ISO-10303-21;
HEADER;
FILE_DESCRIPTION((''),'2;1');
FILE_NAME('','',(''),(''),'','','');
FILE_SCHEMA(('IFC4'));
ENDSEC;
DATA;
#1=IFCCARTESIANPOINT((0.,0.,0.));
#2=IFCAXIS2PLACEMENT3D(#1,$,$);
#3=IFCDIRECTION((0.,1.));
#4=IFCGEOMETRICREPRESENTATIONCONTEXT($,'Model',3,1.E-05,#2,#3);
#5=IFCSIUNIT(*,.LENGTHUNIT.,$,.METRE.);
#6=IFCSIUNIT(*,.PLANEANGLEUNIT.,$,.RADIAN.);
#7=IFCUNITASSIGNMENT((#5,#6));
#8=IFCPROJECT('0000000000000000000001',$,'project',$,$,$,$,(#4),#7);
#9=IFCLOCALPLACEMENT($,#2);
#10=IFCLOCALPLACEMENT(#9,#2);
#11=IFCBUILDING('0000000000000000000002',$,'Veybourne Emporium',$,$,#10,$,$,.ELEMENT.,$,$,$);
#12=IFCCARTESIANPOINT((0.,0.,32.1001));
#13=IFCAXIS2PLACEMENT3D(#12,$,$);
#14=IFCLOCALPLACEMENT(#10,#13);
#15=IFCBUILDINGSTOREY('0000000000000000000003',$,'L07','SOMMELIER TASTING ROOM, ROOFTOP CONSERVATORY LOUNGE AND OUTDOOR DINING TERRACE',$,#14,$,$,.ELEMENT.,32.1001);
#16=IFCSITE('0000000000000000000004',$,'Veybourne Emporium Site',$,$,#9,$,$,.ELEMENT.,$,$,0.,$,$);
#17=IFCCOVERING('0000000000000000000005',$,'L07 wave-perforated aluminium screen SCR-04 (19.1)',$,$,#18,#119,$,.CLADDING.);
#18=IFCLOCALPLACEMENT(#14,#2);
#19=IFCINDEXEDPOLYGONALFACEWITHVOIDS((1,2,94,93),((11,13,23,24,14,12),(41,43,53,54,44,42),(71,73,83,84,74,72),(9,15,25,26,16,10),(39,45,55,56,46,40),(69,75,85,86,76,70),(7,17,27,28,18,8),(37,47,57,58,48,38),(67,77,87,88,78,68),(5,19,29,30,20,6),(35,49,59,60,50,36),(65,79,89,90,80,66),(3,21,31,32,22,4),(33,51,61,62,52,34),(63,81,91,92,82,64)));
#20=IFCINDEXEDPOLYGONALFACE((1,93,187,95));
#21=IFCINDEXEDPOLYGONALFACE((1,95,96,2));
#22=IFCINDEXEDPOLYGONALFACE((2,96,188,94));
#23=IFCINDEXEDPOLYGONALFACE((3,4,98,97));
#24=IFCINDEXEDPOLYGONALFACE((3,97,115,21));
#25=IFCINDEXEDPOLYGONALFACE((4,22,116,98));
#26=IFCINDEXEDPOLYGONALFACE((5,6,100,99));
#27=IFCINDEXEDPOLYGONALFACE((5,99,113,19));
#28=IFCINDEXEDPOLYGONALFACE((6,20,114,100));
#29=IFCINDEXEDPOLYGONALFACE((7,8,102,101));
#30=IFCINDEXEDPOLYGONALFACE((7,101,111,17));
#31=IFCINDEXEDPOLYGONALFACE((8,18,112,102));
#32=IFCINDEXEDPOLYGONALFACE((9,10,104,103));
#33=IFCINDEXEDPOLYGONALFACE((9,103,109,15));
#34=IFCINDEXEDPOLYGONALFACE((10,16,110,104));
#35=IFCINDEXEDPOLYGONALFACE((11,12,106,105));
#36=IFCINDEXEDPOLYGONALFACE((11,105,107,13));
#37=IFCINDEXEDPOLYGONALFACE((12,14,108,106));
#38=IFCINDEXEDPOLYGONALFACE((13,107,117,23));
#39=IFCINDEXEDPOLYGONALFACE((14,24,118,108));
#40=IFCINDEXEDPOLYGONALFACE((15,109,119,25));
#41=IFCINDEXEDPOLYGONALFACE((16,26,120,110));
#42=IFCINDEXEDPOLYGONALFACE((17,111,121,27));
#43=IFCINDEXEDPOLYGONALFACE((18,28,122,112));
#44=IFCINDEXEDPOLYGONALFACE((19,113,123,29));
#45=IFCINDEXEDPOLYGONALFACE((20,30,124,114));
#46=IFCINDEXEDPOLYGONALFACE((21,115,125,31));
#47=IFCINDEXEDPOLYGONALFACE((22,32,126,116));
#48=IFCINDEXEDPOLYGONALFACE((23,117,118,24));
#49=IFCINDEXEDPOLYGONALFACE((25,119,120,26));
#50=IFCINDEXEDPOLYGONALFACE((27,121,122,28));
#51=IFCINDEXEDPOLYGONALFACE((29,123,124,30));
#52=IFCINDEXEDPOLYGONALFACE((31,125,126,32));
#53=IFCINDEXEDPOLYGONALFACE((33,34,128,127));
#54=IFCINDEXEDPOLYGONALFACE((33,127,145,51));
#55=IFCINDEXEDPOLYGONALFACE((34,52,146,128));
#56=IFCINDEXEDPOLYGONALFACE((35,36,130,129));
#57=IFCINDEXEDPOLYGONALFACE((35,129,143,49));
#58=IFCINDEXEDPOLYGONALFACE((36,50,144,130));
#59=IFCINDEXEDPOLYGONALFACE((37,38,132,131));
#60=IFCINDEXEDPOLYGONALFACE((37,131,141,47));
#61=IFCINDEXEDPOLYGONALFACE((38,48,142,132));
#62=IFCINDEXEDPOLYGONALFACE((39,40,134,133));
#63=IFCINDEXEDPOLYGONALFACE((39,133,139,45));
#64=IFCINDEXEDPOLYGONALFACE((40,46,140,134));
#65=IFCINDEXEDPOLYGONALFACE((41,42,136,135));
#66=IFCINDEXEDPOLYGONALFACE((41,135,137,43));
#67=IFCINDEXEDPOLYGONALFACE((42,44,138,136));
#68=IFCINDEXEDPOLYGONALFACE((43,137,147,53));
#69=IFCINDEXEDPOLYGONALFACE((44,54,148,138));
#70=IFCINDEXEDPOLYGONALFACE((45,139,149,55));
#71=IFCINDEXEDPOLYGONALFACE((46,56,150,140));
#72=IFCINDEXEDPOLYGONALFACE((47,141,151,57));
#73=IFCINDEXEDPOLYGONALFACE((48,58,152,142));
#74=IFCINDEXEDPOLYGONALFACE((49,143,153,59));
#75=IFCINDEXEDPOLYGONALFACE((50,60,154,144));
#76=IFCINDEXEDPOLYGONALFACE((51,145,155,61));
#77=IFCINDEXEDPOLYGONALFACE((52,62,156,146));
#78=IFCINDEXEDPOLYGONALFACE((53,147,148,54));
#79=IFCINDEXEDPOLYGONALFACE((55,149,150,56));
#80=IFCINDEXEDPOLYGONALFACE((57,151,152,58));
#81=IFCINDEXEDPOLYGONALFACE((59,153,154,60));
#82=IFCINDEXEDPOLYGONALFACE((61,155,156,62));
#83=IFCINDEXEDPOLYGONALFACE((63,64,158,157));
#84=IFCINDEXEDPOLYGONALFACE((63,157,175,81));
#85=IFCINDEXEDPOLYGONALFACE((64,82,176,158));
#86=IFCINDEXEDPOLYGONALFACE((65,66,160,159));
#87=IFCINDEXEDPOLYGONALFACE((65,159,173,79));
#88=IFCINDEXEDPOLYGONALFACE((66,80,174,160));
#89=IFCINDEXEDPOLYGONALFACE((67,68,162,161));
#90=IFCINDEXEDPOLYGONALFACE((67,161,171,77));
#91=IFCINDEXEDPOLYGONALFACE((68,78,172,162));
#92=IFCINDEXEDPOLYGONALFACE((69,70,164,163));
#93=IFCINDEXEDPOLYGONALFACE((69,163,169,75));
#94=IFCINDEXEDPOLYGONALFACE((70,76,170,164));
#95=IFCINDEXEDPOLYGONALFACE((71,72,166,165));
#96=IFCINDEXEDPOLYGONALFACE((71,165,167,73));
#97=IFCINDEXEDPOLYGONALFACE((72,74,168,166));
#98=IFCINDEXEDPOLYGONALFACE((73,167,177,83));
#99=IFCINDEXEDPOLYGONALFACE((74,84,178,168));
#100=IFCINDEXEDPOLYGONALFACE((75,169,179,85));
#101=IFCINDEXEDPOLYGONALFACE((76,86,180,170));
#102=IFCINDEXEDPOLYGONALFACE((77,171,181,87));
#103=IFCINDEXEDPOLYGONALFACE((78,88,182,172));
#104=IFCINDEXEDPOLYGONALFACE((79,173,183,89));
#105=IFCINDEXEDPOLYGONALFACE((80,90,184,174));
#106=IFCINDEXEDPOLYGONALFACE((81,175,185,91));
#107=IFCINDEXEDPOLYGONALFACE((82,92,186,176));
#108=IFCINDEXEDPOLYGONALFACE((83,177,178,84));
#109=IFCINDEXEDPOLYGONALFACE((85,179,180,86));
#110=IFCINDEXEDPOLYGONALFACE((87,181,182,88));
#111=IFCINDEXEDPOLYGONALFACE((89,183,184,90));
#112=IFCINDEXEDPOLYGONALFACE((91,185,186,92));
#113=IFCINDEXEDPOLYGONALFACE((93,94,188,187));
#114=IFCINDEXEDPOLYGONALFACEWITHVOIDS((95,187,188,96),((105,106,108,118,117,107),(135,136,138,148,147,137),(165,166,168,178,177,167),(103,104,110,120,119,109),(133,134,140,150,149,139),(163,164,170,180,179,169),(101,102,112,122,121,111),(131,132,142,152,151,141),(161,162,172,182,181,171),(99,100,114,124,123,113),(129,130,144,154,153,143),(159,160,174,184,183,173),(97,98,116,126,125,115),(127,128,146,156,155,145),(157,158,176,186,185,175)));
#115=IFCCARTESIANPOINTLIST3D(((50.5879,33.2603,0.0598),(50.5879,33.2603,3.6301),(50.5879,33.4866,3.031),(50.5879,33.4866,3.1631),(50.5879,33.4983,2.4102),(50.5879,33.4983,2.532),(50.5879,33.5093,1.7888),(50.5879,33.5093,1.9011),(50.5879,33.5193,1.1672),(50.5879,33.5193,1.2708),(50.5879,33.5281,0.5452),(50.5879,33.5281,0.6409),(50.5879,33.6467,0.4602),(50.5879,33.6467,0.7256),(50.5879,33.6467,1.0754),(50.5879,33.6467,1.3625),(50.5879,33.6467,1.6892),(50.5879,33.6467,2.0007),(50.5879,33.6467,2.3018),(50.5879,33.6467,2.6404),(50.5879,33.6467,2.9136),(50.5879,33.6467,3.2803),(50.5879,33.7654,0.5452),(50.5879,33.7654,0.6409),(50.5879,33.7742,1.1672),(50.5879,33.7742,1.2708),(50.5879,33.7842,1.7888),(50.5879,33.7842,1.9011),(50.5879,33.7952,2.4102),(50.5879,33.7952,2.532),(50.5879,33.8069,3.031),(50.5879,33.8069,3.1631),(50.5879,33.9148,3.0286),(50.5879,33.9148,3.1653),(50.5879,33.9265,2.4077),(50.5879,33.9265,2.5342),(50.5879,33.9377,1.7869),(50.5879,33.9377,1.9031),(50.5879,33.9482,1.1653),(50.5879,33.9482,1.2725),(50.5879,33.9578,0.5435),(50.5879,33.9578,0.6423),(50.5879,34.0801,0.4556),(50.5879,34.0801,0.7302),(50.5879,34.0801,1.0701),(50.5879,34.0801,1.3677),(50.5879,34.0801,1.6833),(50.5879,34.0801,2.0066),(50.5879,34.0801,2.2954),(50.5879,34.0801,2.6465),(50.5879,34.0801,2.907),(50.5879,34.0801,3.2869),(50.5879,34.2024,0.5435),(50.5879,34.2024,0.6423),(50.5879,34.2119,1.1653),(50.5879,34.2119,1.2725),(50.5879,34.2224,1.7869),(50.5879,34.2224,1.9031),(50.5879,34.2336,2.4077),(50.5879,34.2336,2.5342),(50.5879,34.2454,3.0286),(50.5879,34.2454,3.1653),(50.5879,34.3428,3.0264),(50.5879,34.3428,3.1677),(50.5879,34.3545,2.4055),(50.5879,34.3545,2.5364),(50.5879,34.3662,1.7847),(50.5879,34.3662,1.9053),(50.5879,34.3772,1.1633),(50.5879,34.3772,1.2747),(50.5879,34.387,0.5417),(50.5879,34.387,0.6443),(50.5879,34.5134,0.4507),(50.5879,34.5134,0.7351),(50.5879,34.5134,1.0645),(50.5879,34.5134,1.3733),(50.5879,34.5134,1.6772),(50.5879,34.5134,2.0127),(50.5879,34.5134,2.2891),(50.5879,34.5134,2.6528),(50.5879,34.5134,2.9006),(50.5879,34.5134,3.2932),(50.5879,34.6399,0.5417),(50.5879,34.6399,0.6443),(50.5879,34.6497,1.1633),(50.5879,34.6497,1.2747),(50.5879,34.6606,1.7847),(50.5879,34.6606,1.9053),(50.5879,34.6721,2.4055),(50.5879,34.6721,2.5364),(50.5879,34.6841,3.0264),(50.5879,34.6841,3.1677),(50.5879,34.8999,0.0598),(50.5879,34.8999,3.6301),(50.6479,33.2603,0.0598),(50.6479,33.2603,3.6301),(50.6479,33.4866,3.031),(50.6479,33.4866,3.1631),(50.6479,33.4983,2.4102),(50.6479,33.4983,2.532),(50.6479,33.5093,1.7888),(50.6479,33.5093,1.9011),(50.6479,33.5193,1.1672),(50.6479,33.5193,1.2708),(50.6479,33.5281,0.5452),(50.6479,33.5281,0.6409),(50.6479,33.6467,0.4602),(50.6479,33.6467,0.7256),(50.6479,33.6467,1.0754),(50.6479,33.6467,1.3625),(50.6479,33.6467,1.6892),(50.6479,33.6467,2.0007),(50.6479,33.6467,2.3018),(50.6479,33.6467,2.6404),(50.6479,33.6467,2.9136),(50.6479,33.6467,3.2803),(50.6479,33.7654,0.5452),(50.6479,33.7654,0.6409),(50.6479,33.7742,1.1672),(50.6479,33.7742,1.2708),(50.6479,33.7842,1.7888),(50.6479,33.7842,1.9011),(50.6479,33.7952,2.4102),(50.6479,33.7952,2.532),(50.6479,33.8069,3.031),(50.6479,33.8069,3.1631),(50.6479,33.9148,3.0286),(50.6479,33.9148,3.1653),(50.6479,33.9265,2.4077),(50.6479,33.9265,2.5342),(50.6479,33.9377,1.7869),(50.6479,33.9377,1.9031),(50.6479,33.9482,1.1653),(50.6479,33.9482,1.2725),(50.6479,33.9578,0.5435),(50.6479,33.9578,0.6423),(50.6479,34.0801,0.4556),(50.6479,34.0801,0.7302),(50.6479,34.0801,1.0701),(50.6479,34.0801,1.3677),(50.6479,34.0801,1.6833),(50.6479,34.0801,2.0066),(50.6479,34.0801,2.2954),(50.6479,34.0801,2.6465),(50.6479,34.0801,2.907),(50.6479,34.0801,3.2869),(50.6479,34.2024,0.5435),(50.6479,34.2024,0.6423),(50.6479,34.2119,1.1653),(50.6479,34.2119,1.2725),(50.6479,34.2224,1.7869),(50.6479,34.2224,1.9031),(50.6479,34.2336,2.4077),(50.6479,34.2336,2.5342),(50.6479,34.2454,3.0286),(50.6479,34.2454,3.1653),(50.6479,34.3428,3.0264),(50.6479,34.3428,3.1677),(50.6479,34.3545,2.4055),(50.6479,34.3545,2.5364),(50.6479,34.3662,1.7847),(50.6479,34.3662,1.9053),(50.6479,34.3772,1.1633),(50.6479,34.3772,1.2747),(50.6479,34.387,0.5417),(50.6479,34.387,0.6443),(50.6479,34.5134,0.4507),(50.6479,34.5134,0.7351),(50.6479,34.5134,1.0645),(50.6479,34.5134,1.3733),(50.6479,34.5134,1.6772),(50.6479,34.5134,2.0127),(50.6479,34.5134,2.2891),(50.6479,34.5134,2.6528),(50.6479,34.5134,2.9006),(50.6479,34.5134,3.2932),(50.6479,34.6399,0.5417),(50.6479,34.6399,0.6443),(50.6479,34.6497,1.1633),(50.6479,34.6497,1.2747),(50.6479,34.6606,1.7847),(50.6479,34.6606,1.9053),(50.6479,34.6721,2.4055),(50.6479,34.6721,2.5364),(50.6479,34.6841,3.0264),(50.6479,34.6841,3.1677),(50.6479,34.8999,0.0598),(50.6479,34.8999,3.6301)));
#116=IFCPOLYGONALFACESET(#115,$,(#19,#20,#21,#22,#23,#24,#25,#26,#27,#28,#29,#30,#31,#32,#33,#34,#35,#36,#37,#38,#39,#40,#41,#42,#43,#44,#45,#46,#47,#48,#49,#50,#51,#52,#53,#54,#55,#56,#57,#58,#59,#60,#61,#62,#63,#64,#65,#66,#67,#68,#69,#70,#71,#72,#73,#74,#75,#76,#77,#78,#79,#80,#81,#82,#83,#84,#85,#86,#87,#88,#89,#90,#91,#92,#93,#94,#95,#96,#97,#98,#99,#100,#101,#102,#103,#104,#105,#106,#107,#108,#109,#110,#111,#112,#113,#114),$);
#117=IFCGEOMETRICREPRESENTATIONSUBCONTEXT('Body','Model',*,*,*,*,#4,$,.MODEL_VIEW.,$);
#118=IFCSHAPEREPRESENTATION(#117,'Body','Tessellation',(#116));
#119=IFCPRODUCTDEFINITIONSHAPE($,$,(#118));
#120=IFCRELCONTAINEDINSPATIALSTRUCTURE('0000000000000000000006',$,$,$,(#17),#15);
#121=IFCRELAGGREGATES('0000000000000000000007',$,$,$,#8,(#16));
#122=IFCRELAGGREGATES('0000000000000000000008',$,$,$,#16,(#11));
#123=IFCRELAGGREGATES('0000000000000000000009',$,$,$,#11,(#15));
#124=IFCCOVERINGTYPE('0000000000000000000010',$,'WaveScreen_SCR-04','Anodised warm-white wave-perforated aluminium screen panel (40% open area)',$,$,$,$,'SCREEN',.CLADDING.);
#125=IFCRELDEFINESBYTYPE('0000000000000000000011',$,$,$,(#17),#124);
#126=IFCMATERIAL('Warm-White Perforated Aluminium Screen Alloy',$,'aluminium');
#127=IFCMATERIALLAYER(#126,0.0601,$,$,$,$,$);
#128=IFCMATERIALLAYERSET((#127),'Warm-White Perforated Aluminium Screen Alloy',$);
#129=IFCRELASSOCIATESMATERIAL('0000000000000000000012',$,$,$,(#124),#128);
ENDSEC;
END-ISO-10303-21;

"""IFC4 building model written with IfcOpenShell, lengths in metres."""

from ifc_helpers import new_model, si_unit, direction, frame, origin, place, context, subcontext, project, spatial, polyline, outline, extrude, material, layer, layer_set, type_object, element, save


model = new_model("IFC4")

# Units and contexts
model_context = context("Model", 3, precision=1e-05, world=origin(), true_north=direction((0.0, 1.0)))
body_context = subcontext(model_context, "Body", "Model", "MODEL_VIEW")
ifc_project = project(units=[si_unit("LENGTHUNIT", "METRE"), si_unit("PLANEANGLEUNIT", "RADIAN")], contexts=[model_context])

# Site, building, storey
site_placement = place(None, origin())
site = spatial("IfcSite", under=ifc_project, at=site_placement, Name="Veybourne Emporium Site", CompositionType="ELEMENT", RefElevation=0.0)
building_placement = place(site_placement, origin())
building = spatial("IfcBuilding", under=site, at=building_placement, Name="Veybourne Emporium", CompositionType="ELEMENT")
storey_placement = place(building_placement, frame((0.0, 0.0, 32.1001)))
storey = spatial("IfcBuildingStorey", under=building, at=storey_placement, Name="L07", Description="SOMMELIER TASTING ROOM, ROOFTOP CONSERVATORY LOUNGE AND OUTDOOR DINING TERRACE", CompositionType="ELEMENT", Elevation=32.1001)

# Covering
ifc_material_1 = material(Name="Warm-White Perforated Aluminium Screen Alloy", Category="aluminium")
ifc_layer_1 = layer(ifc_material_1, 0.0601)
ifc_layer_set_1 = layer_set([ifc_layer_1], Name="Warm-White Perforated Aluminium Screen Alloy")
covering_type_1 = type_object("IfcCoveringType", Name="WaveScreen_SCR-04", Description="Anodised warm-white wave-perforated aluminium screen panel (40% open area)", ElementType="SCREEN", PredefinedType="CLADDING", material=ifc_layer_set_1)
covering_1_placement = place(storey_placement, frame((50.6479, 34.0801, 1.845), z_axis=(-1.0, 0.0, 0.0), x_axis=(0.0, -1.0, 0.0)))
element("IfcCovering", 1, at=covering_1_placement, inside=storey, type_object=covering_type_1, Name="L07 wave-perforated aluminium screen SCR-04 (19.1)", PredefinedType="CLADDING", context=body_context, shape_type="SweptSolid", body=[
    extrude(outline(polyline([(-0.8198, -1.7852), (0.8198, -1.7852), (0.8198, 1.7852), (-0.8198, 1.7852), (-0.8198, -1.7852)]), holes=[polyline([(-0.4333, -1.1099), (-0.3069, -1.2007), (-0.3069, -1.3032), (-0.4333, -1.3943), (-0.5598, -1.3032), (-0.5598, -1.2007), (-0.4333, -1.1099)]), polyline([(-0.4333, -0.4717), (-0.2971, -0.5703), (-0.2971, -0.6816), (-0.4333, -0.7805), (-0.5696, -0.6816), (-0.5696, -0.5703), (-0.4333, -0.4717)]), polyline([(-0.4333, 0.1677), (-0.2861, 0.0603), (-0.2861, -0.0603), (-0.4333, -0.1677), (-0.5806, -0.0603), (-0.5806, 0.0603), (-0.4333, 0.1677)]), polyline([(-0.4333, 0.8079), (-0.2744, 0.6914), (-0.2744, 0.5605), (-0.4333, 0.4441), (-0.592, 0.5605), (-0.592, 0.6914), (-0.4333, 0.8079)]), polyline([(-0.4333, 1.4482), (-0.2627, 1.3228), (-0.2627, 1.1814), (-0.4333, 1.0557), (-0.604, 1.1814), (-0.604, 1.3228), (-0.4333, 1.4482)]), polyline([(0.0, -1.1147), (0.1223, -1.2026), (0.1223, -1.3015), (0.0, -1.3894), (-0.1223, -1.3015), (-0.1223, -1.2026), (0.0, -1.1147)]), polyline([(0.0, -0.4773), (0.1318, -0.5725), (0.1318, -0.6797), (0.0, -0.7749), (-0.1318, -0.6797), (-0.1318, -0.5725), (0.0, -0.4773)]), polyline([(0.0, 0.1616), (0.1423, 0.0581), (0.1423, -0.0581), (0.0, -0.1616), (-0.1423, -0.0581), (-0.1423, 0.0581), (0.0, 0.1616)]), polyline([(0.0, 0.8015), (0.1536, 0.6892), (0.1536, 0.5627), (0.0, 0.4504), (-0.1536, 0.5627), (-0.1536, 0.6892), (0.0, 0.8015)]), polyline([(0.0, 1.4419), (0.1653, 1.3203), (0.1653, 1.1836), (0.0, 1.062), (-0.1653, 1.1836), (-0.1653, 1.3203), (0.0, 1.4419)]), polyline([(0.4333, -1.1194), (0.552, -1.2041), (0.552, -1.2998), (0.4333, -1.3848), (0.3147, -1.2998), (0.3147, -1.2041), (0.4333, -1.1194)]), polyline([(0.4333, -0.4824), (0.5608, -0.5742), (0.5608, -0.6777), (0.4333, -0.7695), (0.3059, -0.6777), (0.3059, -0.5742), (0.4333, -0.4824)]), polyline([(0.4333, 0.1558), (0.5708, 0.0562), (0.5708, -0.0562), (0.4333, -0.1558), (0.2959, -0.0562), (0.2959, 0.0562), (0.4333, 0.1558)]), polyline([(0.4333, 0.7954), (0.5818, 0.687), (0.5818, 0.5652), (0.4333, 0.4568), (0.2849, 0.5652), (0.2849, 0.687), (0.4333, 0.7954)]), polyline([(0.4333, 1.4353), (0.5935, 1.3181), (0.5935, 1.186), (0.4333, 1.0686), (0.2732, 1.186), (0.2732, 1.3181), (0.4333, 1.4353)])]), origin(), (0.0, 0.0, 1.0), 0.0601),
])

save(model, "model.ifc")
